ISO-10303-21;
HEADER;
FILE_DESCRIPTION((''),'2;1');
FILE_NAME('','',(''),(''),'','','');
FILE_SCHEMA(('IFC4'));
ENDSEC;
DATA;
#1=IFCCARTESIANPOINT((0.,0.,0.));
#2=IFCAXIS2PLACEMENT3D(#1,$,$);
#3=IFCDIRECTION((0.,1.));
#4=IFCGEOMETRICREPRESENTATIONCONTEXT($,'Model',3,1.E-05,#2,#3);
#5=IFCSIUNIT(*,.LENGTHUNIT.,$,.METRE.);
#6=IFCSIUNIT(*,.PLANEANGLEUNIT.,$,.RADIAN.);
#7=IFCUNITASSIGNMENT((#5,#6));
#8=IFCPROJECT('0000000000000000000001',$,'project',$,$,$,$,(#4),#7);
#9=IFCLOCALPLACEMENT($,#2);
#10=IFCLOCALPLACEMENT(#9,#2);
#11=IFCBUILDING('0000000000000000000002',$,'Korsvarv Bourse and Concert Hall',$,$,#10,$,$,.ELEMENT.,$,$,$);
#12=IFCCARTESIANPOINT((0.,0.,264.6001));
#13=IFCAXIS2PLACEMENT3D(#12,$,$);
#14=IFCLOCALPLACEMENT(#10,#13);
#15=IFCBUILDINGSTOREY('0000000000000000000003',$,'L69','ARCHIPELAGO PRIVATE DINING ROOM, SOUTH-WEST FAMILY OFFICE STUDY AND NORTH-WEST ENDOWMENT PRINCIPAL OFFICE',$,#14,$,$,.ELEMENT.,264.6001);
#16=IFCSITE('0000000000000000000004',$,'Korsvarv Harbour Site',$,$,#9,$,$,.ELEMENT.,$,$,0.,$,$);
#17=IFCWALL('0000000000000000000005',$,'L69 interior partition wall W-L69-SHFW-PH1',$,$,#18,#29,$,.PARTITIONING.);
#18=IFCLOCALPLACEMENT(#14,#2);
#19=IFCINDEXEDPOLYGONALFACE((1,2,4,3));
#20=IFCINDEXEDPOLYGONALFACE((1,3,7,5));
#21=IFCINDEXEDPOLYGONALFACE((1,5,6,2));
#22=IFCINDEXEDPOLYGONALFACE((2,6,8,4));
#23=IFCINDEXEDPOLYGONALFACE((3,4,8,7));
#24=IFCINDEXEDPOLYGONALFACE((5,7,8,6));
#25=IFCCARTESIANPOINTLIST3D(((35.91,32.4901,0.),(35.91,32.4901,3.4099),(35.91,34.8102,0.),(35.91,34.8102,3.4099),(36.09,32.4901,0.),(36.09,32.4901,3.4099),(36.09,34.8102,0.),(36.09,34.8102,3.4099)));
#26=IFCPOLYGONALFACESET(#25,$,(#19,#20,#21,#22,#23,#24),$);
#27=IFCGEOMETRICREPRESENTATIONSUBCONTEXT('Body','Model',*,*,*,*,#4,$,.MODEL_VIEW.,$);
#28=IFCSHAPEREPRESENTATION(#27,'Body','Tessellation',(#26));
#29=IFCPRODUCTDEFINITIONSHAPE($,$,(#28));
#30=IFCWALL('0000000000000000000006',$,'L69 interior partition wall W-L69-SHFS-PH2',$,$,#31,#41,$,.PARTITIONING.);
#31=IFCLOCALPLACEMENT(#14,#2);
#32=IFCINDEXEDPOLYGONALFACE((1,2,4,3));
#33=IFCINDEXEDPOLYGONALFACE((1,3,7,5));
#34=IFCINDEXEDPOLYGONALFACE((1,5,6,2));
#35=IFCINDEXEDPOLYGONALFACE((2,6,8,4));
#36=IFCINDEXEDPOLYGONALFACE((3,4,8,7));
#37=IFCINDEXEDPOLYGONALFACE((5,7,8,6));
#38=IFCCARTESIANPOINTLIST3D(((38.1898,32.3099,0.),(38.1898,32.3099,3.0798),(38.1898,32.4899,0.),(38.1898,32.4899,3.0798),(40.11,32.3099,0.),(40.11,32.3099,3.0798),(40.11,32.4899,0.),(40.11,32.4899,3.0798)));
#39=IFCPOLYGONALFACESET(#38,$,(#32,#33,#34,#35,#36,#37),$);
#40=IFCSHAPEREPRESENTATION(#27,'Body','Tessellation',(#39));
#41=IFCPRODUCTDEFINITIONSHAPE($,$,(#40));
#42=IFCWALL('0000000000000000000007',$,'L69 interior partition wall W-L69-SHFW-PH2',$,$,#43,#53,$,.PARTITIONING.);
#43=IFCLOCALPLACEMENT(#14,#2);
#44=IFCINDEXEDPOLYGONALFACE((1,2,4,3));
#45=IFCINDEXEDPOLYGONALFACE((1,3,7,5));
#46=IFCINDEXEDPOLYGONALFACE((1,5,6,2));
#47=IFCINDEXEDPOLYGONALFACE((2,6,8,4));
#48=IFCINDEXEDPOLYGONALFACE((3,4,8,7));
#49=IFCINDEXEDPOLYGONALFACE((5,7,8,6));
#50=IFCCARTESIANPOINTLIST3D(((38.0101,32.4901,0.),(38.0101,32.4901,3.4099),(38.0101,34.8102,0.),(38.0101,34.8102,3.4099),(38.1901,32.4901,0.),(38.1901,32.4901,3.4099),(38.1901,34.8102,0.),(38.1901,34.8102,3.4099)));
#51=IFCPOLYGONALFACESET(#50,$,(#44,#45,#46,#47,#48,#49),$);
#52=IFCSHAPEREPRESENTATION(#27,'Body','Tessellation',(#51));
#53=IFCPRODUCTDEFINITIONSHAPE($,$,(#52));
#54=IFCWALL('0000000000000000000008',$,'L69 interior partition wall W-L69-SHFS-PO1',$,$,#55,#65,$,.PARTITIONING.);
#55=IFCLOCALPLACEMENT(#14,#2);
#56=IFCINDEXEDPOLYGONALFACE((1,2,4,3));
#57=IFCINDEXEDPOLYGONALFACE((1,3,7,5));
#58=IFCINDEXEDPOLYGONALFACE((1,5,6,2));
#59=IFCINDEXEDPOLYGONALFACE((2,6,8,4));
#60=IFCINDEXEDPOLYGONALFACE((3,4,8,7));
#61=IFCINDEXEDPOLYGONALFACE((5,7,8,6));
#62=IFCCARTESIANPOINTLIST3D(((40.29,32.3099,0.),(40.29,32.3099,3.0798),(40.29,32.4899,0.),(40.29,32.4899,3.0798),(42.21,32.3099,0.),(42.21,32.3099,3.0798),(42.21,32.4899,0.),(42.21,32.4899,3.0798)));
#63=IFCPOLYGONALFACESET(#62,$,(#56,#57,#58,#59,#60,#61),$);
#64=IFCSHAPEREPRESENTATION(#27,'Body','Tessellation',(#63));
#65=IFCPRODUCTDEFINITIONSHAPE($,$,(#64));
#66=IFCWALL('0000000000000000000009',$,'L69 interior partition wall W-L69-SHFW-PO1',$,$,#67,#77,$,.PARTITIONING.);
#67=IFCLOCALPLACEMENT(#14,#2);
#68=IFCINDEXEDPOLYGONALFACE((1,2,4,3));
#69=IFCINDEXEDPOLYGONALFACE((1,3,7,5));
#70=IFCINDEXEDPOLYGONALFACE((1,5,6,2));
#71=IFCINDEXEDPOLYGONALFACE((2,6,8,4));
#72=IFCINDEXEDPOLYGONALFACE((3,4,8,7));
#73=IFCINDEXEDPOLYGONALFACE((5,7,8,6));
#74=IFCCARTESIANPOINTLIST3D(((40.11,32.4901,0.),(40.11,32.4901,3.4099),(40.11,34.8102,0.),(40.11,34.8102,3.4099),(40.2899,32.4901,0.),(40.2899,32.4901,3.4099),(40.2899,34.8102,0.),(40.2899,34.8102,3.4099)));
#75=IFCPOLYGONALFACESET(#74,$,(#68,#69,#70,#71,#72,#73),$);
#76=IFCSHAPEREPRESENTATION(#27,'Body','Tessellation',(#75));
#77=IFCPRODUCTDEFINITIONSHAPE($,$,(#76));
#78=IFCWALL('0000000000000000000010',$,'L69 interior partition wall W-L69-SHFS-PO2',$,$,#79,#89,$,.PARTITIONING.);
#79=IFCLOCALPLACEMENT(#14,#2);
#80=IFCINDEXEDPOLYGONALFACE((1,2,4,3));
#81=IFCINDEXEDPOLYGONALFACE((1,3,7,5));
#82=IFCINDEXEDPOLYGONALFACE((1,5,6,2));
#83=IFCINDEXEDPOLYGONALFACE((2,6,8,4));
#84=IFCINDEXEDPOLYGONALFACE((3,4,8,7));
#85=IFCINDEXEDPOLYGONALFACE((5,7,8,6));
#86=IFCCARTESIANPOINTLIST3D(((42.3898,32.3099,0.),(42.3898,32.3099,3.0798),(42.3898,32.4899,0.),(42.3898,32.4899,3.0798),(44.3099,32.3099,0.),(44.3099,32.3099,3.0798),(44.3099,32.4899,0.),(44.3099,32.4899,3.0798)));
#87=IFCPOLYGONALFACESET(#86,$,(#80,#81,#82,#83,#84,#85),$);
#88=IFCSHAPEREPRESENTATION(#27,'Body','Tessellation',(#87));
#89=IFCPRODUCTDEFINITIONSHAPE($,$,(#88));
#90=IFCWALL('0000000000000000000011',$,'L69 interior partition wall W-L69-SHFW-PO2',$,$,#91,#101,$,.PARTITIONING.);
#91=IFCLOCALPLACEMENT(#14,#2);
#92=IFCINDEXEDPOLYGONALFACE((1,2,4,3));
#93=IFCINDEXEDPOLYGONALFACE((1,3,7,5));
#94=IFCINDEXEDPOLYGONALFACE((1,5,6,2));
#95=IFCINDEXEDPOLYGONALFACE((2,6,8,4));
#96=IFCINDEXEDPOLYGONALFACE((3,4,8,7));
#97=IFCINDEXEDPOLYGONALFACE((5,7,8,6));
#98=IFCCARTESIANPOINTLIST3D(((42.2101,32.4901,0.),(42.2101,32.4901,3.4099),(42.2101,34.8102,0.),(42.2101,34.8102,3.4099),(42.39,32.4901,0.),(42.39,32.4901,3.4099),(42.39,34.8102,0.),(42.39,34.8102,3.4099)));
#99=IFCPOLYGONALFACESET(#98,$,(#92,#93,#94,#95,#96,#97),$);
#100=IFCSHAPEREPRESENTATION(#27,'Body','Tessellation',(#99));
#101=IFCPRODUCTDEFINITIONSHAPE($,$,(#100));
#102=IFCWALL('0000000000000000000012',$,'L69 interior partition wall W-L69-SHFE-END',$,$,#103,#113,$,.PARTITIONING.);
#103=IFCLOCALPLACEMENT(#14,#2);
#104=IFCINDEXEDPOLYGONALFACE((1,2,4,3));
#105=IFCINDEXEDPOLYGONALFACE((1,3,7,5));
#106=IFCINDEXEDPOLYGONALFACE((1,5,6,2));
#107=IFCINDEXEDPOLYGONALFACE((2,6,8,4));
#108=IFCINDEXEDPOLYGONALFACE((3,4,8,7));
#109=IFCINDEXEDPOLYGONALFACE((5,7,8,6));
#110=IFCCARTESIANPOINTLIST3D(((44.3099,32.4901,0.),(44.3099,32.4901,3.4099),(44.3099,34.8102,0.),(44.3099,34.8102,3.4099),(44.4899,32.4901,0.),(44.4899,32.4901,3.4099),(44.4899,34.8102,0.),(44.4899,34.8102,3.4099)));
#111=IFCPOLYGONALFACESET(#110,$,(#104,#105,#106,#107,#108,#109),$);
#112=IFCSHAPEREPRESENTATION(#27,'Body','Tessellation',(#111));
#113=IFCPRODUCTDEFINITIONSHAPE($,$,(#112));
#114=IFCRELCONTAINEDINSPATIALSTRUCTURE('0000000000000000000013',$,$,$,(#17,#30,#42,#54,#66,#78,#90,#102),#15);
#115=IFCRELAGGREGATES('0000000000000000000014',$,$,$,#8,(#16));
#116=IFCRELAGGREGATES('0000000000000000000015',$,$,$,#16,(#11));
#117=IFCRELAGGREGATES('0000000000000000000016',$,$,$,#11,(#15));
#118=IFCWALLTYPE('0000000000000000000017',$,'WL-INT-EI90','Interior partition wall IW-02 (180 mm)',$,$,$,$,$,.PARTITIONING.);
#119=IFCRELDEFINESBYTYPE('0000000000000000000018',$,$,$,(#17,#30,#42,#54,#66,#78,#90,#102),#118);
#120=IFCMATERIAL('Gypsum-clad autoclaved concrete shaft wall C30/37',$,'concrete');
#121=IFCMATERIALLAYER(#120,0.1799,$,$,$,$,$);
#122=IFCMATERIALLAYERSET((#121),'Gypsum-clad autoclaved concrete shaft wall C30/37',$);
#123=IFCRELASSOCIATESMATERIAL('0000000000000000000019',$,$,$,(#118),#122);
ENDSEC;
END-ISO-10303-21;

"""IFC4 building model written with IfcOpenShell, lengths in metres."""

from ifc_helpers import new_model, si_unit, direction, frame, frame_2d, origin, place, context, subcontext, project, spatial, rectangle, extrude, material, layer, layer_set, type_object, element, save


model = new_model("IFC4")

# Units and contexts
model_context = context("Model", 3, precision=1e-05, world=origin(), true_north=direction((0.0, 1.0)))
body_context = subcontext(model_context, "Body", "Model", "MODEL_VIEW")
ifc_project = project(units=[si_unit("LENGTHUNIT", "METRE"), si_unit("PLANEANGLEUNIT", "RADIAN")], contexts=[model_context])

# Site, building, storey
site_placement = place(None, origin())
site = spatial("IfcSite", under=ifc_project, at=site_placement, Name="Korsvarv Harbour Site", CompositionType="ELEMENT", RefElevation=0.0)
building_placement = place(site_placement, origin())
building = spatial("IfcBuilding", under=site, at=building_placement, Name="Korsvarv Bourse and Concert Hall", CompositionType="ELEMENT")
storey_placement = place(building_placement, frame((0.0, 0.0, 264.6001)))
storey = spatial("IfcBuildingStorey", under=building, at=storey_placement, Name="L69", Description="ARCHIPELAGO PRIVATE DINING ROOM, SOUTH-WEST FAMILY OFFICE STUDY AND NORTH-WEST ENDOWMENT PRINCIPAL OFFICE", CompositionType="ELEMENT", Elevation=264.6001)

# Walls
ifc_material_1 = material(Name="Gypsum-clad autoclaved concrete shaft wall C30/37", Category="concrete")
ifc_layer_1 = layer(ifc_material_1, 0.1799)
ifc_layer_set_1 = layer_set([ifc_layer_1], Name="Gypsum-clad autoclaved concrete shaft wall C30/37")
wall_type_1 = type_object("IfcWallType", Name="WL-INT-EI90", Description="Interior partition wall IW-02 (180 mm)", PredefinedType="PARTITIONING", material=ifc_layer_set_1)
wall_1_placement = place(storey_placement, frame((36.0, 32.49, 0.0), z_axis=(0.0, 0.0, 1.0), x_axis=(0.0, 1.0, 0.0)))
element("IfcWall", 1, at=wall_1_placement, inside=storey, type_object=wall_type_1, Name="L69 interior partition wall W-L69-SHFW-PH1", PredefinedType="PARTITIONING", context=body_context, shape_type="SweptSolid", body=[
    extrude(rectangle(XDim=2.3201, YDim=0.1799, at=frame_2d((1.1602, 0.0))), origin(), (0.0, 0.0, 1.0), 3.4099),
])
wall_2_placement = place(storey_placement, frame((38.1899, 32.3999, 0.0), z_axis=(0.0, 0.0, 1.0), x_axis=(1.0, 0.0, 0.0)))
element("IfcWall", 2, at=wall_2_placement, inside=storey, type_object=wall_type_1, Name="L69 interior partition wall W-L69-SHFS-PH2", PredefinedType="PARTITIONING", context=body_context, shape_type="SweptSolid", body=[
    extrude(rectangle(XDim=1.9202, YDim=0.1799, at=frame_2d((0.96, 0.0))), origin(), (0.0, 0.0, 1.0), 3.0798),
])
wall_3_placement = place(storey_placement, frame((38.1001, 32.49, 0.0), z_axis=(0.0, 0.0, 1.0), x_axis=(0.0, 1.0, 0.0)))
element("IfcWall", 3, at=wall_3_placement, inside=storey, type_object=wall_type_1, Name="L69 interior partition wall W-L69-SHFW-PH2", PredefinedType="PARTITIONING", context=body_context, shape_type="SweptSolid", body=[
    extrude(rectangle(XDim=2.3201, YDim=0.1799, at=frame_2d((1.1602, 0.0))), origin(), (0.0, 0.0, 1.0), 3.4099),
])
wall_4_placement = place(storey_placement, frame((40.29, 32.3999, 0.0), z_axis=(0.0, 0.0, 1.0), x_axis=(1.0, 0.0, 0.0)))
element("IfcWall", 4, at=wall_4_placement, inside=storey, type_object=wall_type_1, Name="L69 interior partition wall W-L69-SHFS-PO1", PredefinedType="PARTITIONING", context=body_context, shape_type="SweptSolid", body=[
    extrude(rectangle(XDim=1.9199, YDim=0.1799, at=frame_2d((0.96, 0.0))), origin(), (0.0, 0.0, 1.0), 3.0798),
])
wall_5_placement = place(storey_placement, frame((40.2, 32.49, 0.0), z_axis=(0.0, 0.0, 1.0), x_axis=(0.0, 1.0, 0.0)))
element("IfcWall", 5, at=wall_5_placement, inside=storey, type_object=wall_type_1, Name="L69 interior partition wall W-L69-SHFW-PO1", PredefinedType="PARTITIONING", context=body_context, shape_type="SweptSolid", body=[
    extrude(rectangle(XDim=2.3201, YDim=0.1799, at=frame_2d((1.1602, 0.0))), origin(), (0.0, 0.0, 1.0), 3.4099),
])
wall_6_placement = place(storey_placement, frame((42.3899, 32.3999, 0.0), z_axis=(0.0, 0.0, 1.0), x_axis=(1.0, 0.0, 0.0)))
element("IfcWall", 6, at=wall_6_placement, inside=storey, type_object=wall_type_1, Name="L69 interior partition wall W-L69-SHFS-PO2", PredefinedType="PARTITIONING", context=body_context, shape_type="SweptSolid", body=[
    extrude(rectangle(XDim=1.9202, YDim=0.1799, at=frame_2d((0.96, 0.0))), origin(), (0.0, 0.0, 1.0), 3.0798),
])
for number, where, z_axis, x_axis, name in (
    (7, (42.3, 32.49, 0.0), (0.0, 0.0, 1.0), (0.0, 1.0, 0.0), "L69 interior partition wall W-L69-SHFW-PO2"),
    (8, (44.3999, 32.49, 0.0), (0.0, 0.0, 1.0), (0.0, 1.0, 0.0), "L69 interior partition wall W-L69-SHFE-END"),
):
    element("IfcWall", number, at=place(storey_placement, frame(where, z_axis=z_axis, x_axis=x_axis)), inside=storey, type_object=wall_type_1, Name=name, PredefinedType="PARTITIONING", context=body_context, shape_type="SweptSolid", body=[
        extrude(rectangle(XDim=2.3201, YDim=0.1799, at=frame_2d((1.1602, 0.0))), origin(), (0.0, 0.0, 1.0), 3.4099),
    ])

save(model, "model.ifc")
